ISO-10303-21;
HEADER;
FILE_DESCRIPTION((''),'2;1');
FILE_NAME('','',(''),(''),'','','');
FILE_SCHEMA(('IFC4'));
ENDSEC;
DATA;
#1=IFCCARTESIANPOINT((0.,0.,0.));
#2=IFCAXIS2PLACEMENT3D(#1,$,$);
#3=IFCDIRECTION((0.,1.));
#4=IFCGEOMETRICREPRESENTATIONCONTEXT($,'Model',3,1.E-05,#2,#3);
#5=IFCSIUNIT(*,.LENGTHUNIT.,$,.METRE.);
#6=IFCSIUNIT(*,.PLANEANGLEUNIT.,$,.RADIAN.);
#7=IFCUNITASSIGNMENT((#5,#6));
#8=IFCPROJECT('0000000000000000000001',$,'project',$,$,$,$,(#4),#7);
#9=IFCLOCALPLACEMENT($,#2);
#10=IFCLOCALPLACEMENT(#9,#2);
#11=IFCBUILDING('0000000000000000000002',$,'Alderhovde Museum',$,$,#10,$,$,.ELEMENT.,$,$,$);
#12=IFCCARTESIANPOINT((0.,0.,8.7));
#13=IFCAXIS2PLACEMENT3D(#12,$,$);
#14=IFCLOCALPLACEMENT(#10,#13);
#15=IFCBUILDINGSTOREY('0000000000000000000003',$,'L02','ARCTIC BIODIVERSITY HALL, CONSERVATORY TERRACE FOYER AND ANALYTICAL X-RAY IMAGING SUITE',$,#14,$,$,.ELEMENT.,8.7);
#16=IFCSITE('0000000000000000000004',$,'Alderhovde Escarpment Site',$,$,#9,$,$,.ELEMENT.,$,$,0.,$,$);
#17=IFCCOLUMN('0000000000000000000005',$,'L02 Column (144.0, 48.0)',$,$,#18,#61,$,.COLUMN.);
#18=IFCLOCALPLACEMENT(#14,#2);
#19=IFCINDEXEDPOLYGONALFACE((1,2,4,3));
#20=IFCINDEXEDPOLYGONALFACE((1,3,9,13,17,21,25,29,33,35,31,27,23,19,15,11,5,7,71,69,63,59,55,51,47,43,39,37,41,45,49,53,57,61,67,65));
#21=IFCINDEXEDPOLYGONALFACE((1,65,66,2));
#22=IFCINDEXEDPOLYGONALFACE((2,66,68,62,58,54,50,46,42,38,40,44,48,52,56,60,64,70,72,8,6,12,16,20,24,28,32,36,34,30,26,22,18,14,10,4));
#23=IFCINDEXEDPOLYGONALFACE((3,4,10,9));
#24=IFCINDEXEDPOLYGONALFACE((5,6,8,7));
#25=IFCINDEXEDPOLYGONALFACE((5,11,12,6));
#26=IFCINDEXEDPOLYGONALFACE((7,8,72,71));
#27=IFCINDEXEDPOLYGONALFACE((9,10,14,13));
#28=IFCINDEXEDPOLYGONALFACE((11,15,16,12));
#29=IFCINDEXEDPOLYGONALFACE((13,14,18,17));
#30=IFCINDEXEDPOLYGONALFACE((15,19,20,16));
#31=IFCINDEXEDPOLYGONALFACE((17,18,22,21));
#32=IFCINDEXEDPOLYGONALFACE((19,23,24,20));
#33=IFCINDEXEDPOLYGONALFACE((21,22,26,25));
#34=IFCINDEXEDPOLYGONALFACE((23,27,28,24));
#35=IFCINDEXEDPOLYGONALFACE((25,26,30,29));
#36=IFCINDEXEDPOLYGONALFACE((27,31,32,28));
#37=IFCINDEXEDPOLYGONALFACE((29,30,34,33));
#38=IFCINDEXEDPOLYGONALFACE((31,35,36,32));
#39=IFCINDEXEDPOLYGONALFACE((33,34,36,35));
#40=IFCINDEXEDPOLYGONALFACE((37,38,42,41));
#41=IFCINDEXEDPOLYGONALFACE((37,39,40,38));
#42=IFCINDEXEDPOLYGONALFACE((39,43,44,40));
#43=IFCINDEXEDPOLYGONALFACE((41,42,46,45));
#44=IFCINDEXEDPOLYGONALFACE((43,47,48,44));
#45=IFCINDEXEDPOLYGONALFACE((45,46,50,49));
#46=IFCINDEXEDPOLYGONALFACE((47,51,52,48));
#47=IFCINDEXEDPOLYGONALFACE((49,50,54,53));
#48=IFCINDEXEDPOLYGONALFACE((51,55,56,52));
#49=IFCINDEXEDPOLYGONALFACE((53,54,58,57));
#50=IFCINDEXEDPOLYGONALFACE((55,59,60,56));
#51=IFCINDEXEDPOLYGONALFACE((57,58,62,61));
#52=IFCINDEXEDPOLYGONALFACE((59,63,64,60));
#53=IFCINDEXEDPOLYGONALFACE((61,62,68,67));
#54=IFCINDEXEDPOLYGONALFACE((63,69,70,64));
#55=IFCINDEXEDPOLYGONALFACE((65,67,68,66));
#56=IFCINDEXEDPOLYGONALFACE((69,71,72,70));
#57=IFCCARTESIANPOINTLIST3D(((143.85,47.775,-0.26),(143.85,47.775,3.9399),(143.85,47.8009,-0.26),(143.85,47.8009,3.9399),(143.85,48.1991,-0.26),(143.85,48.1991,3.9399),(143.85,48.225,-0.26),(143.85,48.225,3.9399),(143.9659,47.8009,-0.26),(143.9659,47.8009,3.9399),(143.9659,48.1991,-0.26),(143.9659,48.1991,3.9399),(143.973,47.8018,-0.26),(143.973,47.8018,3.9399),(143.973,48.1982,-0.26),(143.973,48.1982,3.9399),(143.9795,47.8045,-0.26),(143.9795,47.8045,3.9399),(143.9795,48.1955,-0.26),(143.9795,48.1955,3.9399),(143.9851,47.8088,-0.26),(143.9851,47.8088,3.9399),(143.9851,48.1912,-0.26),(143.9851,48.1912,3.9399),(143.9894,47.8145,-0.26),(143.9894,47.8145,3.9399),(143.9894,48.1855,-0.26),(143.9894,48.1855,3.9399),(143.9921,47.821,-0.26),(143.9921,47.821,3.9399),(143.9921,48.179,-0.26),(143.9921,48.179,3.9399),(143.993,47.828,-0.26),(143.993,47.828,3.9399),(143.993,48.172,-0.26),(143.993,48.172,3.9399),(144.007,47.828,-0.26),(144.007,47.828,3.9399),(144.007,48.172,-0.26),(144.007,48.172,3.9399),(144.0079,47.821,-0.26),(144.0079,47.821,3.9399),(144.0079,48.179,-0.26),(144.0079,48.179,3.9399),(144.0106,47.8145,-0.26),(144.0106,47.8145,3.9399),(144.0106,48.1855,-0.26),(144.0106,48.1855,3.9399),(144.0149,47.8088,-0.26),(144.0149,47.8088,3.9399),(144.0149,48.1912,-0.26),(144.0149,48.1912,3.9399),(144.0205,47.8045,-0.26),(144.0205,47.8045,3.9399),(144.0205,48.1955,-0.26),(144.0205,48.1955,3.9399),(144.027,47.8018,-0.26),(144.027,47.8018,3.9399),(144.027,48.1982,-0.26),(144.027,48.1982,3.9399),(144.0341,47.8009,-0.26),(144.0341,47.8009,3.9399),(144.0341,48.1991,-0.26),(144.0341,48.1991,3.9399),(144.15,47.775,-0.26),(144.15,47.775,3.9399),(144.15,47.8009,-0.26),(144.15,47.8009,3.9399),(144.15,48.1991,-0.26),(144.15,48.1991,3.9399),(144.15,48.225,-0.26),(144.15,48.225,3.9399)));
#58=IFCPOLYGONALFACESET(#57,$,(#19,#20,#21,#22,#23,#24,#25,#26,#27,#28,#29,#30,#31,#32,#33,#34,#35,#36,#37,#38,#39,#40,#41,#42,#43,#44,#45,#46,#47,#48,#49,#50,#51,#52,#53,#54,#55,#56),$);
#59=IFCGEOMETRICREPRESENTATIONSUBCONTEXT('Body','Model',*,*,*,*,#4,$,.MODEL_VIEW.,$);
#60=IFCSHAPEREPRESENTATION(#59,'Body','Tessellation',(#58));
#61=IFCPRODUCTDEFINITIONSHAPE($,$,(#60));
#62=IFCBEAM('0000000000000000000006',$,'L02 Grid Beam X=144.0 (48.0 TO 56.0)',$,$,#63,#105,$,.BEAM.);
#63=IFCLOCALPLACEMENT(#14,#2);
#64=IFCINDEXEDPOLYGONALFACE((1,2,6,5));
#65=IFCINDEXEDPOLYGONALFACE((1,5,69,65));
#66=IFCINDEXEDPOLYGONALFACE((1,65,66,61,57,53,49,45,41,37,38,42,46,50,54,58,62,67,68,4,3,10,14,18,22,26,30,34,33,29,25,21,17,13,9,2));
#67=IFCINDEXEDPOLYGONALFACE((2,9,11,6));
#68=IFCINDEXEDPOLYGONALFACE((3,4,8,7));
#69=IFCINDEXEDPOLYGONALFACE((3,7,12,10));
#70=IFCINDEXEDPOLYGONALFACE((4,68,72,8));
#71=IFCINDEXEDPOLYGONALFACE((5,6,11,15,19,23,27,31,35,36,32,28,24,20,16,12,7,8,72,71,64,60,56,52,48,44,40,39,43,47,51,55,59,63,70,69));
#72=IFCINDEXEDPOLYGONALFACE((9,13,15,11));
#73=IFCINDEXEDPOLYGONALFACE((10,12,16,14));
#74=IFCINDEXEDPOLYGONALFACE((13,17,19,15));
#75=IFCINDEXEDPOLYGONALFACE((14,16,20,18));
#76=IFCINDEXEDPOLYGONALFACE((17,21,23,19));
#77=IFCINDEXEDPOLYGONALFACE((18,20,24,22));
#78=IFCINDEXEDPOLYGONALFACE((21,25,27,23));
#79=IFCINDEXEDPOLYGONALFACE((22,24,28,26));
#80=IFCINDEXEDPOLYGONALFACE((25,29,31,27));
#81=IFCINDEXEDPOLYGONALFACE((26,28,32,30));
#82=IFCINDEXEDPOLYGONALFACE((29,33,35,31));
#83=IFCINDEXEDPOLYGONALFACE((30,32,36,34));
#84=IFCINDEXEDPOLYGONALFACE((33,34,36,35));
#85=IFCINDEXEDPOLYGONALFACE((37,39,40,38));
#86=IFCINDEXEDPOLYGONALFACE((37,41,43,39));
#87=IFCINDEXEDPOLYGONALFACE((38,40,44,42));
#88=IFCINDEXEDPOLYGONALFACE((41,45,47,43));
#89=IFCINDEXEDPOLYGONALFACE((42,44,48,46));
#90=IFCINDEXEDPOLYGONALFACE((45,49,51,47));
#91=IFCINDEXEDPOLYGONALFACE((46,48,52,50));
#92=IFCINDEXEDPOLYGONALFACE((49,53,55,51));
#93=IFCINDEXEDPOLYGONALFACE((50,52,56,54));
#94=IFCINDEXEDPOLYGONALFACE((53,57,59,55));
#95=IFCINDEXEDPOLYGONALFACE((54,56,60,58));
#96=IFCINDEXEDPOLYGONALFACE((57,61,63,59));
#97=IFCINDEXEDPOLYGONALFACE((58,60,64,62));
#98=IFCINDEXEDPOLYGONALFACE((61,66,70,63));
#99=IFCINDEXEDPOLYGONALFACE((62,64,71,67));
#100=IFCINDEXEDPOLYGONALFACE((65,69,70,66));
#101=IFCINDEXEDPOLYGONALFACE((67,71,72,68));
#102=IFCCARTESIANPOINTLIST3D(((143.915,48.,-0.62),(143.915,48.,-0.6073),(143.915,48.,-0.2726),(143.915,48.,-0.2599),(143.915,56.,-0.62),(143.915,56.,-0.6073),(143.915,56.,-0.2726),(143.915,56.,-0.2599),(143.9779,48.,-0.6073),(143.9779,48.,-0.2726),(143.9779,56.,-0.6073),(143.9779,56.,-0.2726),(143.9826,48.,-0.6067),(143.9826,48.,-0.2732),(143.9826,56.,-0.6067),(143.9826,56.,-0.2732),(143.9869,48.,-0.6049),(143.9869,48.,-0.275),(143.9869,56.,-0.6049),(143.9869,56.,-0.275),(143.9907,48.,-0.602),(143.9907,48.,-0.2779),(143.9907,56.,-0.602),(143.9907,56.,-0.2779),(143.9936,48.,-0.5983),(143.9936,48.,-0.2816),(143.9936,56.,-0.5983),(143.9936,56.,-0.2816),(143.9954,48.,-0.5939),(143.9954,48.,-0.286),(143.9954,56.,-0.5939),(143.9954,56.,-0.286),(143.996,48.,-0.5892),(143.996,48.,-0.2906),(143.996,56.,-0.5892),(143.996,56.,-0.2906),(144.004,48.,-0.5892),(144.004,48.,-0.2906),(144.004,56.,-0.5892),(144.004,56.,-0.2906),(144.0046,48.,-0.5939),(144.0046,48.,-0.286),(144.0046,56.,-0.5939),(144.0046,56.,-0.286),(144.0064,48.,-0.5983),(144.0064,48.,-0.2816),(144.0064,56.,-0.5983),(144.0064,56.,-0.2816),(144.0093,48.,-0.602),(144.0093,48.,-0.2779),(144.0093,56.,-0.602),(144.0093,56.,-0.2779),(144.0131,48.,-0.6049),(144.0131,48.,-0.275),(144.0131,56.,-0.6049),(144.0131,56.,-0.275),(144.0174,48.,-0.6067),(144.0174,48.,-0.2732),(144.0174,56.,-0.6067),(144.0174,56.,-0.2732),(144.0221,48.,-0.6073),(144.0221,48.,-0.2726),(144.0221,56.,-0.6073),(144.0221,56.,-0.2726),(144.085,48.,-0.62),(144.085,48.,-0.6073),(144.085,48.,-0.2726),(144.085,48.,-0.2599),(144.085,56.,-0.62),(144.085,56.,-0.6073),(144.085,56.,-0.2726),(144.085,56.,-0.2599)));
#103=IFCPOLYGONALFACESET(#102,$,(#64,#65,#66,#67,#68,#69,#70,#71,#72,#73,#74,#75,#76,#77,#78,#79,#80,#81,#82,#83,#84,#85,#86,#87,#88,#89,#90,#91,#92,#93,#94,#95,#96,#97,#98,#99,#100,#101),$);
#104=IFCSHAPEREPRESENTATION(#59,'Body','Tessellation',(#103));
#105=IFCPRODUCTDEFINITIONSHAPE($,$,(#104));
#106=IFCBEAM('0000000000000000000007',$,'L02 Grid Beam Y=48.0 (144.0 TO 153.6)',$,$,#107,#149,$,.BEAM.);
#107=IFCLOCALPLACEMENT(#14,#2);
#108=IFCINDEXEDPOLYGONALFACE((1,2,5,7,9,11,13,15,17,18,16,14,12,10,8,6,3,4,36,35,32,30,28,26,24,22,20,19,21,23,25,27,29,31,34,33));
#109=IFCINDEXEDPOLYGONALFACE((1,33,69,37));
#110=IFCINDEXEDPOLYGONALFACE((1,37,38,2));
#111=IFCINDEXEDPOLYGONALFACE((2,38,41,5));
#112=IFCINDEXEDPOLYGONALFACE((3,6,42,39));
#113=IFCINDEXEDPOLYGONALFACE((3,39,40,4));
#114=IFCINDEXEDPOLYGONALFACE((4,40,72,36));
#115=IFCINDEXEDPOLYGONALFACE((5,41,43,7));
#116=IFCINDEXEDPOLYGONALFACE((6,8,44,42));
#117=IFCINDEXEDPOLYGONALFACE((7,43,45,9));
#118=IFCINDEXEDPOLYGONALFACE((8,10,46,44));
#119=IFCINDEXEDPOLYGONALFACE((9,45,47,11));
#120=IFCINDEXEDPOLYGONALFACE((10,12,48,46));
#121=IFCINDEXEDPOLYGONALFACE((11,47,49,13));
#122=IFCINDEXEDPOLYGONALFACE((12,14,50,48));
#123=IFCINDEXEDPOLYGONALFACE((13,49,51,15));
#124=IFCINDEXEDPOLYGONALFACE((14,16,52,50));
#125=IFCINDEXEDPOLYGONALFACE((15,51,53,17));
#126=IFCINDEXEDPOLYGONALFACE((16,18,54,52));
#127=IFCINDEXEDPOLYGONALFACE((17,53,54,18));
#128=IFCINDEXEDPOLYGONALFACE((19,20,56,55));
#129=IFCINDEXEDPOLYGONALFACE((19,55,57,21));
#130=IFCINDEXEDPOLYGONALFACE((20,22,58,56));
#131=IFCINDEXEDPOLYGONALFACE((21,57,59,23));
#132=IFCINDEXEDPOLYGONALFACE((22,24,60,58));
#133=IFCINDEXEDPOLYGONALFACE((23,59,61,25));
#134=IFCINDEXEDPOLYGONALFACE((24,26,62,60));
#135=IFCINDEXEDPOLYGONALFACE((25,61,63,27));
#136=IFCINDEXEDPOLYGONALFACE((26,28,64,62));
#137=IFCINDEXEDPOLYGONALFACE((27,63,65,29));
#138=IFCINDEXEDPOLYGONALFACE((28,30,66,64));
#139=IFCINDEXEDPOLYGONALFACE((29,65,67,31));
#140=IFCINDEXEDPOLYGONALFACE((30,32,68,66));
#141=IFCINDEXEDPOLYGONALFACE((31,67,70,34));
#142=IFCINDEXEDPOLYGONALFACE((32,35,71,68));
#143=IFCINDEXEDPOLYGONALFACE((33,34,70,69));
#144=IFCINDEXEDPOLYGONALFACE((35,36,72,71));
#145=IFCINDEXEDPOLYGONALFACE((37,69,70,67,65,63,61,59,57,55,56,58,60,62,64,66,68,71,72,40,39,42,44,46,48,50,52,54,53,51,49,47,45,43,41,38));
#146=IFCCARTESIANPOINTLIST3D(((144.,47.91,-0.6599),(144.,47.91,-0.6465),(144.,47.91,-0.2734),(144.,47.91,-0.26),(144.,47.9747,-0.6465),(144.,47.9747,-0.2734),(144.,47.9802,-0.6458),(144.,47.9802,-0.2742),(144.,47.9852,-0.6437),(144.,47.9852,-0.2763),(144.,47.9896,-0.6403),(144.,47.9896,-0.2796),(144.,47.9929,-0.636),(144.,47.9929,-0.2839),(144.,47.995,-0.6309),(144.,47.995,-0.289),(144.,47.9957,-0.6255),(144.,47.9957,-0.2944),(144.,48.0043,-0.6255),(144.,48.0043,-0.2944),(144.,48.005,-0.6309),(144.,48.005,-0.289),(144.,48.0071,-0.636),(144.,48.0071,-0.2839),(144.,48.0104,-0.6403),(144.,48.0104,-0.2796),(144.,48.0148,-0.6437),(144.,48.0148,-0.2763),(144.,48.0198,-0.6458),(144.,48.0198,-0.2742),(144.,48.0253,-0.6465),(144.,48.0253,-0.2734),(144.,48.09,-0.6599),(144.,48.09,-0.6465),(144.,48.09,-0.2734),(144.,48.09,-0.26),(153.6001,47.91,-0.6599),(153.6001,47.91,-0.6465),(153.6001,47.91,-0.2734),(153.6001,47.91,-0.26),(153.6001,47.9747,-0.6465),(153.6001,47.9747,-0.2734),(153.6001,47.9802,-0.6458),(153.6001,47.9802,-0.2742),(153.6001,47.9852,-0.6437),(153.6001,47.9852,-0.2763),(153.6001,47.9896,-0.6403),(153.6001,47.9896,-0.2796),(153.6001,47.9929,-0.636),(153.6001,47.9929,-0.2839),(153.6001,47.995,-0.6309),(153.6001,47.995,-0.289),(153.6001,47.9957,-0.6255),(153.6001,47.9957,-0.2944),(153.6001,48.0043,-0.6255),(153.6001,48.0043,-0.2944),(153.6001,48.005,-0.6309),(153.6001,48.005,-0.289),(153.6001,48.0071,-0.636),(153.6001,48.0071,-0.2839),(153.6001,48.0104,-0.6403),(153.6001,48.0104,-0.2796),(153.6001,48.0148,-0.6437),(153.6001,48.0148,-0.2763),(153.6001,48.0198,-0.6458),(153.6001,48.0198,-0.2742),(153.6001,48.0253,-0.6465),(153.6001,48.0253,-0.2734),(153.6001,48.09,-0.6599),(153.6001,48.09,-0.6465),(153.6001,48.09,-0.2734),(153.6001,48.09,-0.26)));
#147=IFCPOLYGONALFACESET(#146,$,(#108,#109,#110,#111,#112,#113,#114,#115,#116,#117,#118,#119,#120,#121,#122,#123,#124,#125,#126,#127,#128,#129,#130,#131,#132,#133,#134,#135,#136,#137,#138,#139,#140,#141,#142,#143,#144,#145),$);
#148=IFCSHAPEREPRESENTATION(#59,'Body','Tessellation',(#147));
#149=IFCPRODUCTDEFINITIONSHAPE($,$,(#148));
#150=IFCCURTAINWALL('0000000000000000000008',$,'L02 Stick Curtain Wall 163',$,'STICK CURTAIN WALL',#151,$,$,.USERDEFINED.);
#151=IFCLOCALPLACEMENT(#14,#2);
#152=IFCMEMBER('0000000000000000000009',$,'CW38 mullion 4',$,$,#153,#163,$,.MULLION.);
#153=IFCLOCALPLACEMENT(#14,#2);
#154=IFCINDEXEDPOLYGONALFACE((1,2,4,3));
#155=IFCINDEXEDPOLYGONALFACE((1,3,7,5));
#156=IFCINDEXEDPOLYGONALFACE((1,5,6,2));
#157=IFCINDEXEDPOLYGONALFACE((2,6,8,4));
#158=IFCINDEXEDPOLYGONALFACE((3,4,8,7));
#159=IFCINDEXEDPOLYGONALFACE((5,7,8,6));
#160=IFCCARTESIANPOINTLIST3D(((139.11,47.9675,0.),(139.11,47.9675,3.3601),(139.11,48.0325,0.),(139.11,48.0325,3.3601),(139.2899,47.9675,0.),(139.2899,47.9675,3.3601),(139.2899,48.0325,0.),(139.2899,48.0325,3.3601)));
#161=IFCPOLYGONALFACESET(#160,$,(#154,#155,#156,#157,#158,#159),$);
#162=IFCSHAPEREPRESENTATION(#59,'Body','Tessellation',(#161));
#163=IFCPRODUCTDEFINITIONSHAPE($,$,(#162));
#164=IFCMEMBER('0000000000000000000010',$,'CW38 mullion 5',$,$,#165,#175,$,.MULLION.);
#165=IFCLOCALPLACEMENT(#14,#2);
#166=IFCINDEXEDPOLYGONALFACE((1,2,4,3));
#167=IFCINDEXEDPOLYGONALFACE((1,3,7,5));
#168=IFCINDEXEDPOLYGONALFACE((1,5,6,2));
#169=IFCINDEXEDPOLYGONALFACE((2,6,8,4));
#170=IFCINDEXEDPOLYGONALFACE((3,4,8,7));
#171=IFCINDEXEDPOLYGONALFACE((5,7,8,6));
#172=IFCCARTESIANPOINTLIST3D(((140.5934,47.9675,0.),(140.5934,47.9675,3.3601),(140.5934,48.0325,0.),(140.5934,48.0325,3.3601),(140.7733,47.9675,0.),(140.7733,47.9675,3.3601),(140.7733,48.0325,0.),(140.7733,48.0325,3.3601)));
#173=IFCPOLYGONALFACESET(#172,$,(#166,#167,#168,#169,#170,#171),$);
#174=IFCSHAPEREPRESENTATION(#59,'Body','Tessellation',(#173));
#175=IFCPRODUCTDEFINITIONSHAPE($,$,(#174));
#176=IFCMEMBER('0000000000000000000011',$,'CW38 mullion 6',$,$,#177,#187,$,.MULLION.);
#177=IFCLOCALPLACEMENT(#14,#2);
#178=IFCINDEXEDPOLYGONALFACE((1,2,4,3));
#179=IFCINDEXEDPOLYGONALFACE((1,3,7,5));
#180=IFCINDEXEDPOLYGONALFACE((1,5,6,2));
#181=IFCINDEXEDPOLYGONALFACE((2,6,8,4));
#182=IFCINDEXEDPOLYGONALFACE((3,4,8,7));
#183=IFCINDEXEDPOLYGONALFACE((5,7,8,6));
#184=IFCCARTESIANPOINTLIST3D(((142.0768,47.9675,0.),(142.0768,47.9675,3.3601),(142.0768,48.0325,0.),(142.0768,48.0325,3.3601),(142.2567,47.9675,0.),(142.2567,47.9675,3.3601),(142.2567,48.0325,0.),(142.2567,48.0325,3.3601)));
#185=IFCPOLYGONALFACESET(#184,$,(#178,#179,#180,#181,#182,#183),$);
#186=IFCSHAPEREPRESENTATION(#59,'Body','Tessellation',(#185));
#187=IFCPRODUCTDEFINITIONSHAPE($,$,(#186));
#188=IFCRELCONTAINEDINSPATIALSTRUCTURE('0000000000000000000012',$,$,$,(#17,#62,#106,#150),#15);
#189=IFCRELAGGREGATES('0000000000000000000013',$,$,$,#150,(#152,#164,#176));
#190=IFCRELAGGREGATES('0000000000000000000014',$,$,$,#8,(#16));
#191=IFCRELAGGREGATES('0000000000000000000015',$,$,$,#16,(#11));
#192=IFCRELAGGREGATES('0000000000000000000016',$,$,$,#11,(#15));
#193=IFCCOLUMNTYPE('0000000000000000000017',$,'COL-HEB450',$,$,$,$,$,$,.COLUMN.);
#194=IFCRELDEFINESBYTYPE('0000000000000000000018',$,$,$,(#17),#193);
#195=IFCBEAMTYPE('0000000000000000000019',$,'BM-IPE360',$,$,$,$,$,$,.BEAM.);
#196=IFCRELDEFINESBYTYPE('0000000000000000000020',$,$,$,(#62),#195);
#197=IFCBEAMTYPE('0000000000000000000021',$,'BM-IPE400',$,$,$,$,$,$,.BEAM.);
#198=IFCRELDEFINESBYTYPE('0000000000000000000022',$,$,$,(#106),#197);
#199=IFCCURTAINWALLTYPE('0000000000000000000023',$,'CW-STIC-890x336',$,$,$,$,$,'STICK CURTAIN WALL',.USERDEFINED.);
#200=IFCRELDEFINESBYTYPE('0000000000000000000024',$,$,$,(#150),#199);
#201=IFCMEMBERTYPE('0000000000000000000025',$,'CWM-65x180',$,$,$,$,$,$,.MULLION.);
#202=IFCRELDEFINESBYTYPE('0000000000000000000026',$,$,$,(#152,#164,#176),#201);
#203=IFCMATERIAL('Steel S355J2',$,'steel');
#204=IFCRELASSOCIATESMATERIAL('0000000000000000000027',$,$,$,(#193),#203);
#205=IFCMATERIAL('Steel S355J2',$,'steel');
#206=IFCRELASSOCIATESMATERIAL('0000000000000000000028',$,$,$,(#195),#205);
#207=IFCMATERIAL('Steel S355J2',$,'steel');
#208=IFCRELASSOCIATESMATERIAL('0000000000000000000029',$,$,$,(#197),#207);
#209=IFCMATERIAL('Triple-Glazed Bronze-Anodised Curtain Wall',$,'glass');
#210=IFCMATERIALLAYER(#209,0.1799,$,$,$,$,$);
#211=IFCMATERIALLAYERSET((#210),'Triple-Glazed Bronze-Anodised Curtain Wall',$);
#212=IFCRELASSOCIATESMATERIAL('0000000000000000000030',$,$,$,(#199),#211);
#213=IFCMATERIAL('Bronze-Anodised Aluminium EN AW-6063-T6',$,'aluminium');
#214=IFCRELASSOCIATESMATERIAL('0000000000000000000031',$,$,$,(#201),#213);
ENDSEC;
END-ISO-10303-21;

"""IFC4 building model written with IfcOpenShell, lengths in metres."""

from ifc_helpers import new_model, si_unit, direction, frame, origin, origin_2d, place, context, subcontext, project, spatial, rectangle, i_section, extrude, material, layer, layer_set, material_profile, profile_set, type_object, element, aggregate, save


model = new_model("IFC4")

# Units and contexts
model_context = context("Model", 3, precision=1e-05, world=origin(), true_north=direction((0.0, 1.0)))
body_context = subcontext(model_context, "Body", "Model", "MODEL_VIEW")
ifc_project = project(units=[si_unit("LENGTHUNIT", "METRE"), si_unit("PLANEANGLEUNIT", "RADIAN")], contexts=[model_context])

# Site, building, storey
site_placement = place(None, origin())
site = spatial("IfcSite", under=ifc_project, at=site_placement, Name="Alderhovde Escarpment Site", CompositionType="ELEMENT", RefElevation=0.0)
building_placement = place(site_placement, origin())
building = spatial("IfcBuilding", under=site, at=building_placement, Name="Alderhovde Museum", CompositionType="ELEMENT")
storey_placement = place(building_placement, frame((0.0, 0.0, 8.7)))
storey = spatial("IfcBuildingStorey", under=building, at=storey_placement, Name="L02", Description="ARCTIC BIODIVERSITY HALL, CONSERVATORY TERRACE FOYER AND ANALYTICAL X-RAY IMAGING SUITE", CompositionType="ELEMENT", Elevation=8.7)

# Column
ifc_material_1 = material(Name="Steel S355J2", Category="steel")
ifc_material_profile_1 = material_profile(ifc_material_1, i_section(OverallWidth=0.3, OverallDepth=0.45, WebThickness=0.0139, FlangeThickness=0.0259, FilletRadius=0.0271, at=origin_2d()), Name="HEB 450")
ifc_profile_set_1 = profile_set([ifc_material_profile_1], Name="Steel S355J2")
column_type = type_object("IfcColumnType", Name="COL-HEB450", PredefinedType="COLUMN", material=ifc_profile_set_1)
column_placement = place(storey_placement, frame((144.0, 48.0, -0.26), z_axis=(0.0, 0.0, 1.0), x_axis=(1.0, 0.0, 0.0)))
element("IfcColumn", 1, at=column_placement, inside=storey, type_object=column_type, Name="L02 Column (144.0, 48.0)", PredefinedType="COLUMN", context=body_context, shape_type="SweptSolid", body=[
    extrude(i_section(OverallWidth=0.3, OverallDepth=0.45, WebThickness=0.0139, FlangeThickness=0.0259, FilletRadius=0.0271, at=origin_2d()), origin(), (0.0, 0.0, 1.0), 4.2),
])

# Beams
ifc_material_2 = material(Name="Steel S355J2", Category="steel")
ifc_material_profile_2 = material_profile(ifc_material_2, i_section(OverallWidth=0.1699, OverallDepth=0.3601, WebThickness=0.0081, FlangeThickness=0.0127, FilletRadius=0.0181, at=origin_2d()), Name="IPE 360")
ifc_profile_set_2 = profile_set([ifc_material_profile_2], Name="Steel S355J2")
beam_type_1 = type_object("IfcBeamType", Name="BM-IPE360", PredefinedType="BEAM", material=ifc_profile_set_2)
beam_1_placement = place(storey_placement, frame((144.0, 48.0, -0.4399), z_axis=(0.0, 1.0, 0.0), x_axis=(-1.0, 0.0, 0.0)))
element("IfcBeam", 2, at=beam_1_placement, inside=storey, type_object=beam_type_1, Name="L02 Grid Beam X=144.0 (48.0 TO 56.0)", PredefinedType="BEAM", context=body_context, shape_type="SweptSolid", body=[
    extrude(i_section(OverallWidth=0.1699, OverallDepth=0.3601, WebThickness=0.0081, FlangeThickness=0.0127, FilletRadius=0.0181, at=origin_2d()), origin(), (0.0, 0.0, 1.0), 8.0),
])
ifc_material_3 = material(Name="Steel S355J2", Category="steel")
ifc_material_profile_3 = material_profile(ifc_material_3, i_section(OverallWidth=0.1799, OverallDepth=0.3999, WebThickness=0.0085, FlangeThickness=0.0134, FilletRadius=0.021, at=origin_2d()), Name="IPE 400")
ifc_profile_set_3 = profile_set([ifc_material_profile_3], Name="Steel S355J2")
beam_type_2 = type_object("IfcBeamType", Name="BM-IPE400", PredefinedType="BEAM", material=ifc_profile_set_3)
beam_2_placement = place(storey_placement, frame((144.0, 48.0, -0.46), z_axis=(1.0, 0.0, 0.0), x_axis=(0.0, 1.0, 0.0)))
element("IfcBeam", 3, at=beam_2_placement, inside=storey, type_object=beam_type_2, Name="L02 Grid Beam Y=48.0 (144.0 TO 153.6)", PredefinedType="BEAM", context=body_context, shape_type="SweptSolid", body=[
    extrude(i_section(OverallWidth=0.1799, OverallDepth=0.3999, WebThickness=0.0085, FlangeThickness=0.0134, FilletRadius=0.021, at=origin_2d()), origin(), (0.0, 0.0, 1.0), 9.6001),
])

# Curtain wall, members
ifc_material_4 = material(Name="Triple-Glazed Bronze-Anodised Curtain Wall", Category="glass")
ifc_layer_1 = layer(ifc_material_4, 0.1799)
ifc_layer_set_1 = layer_set([ifc_layer_1], Name="Triple-Glazed Bronze-Anodised Curtain Wall")
curtain_wall_type_1 = type_object("IfcCurtainWallType", Name="CW-STIC-890x336", ElementType="STICK CURTAIN WALL", PredefinedType="USERDEFINED", material=ifc_layer_set_1)
curtain_wall_1_placement = place(storey_placement, origin())
curtain_wall_1 = element("IfcCurtainWall", 4, at=curtain_wall_1_placement, inside=storey, type_object=curtain_wall_type_1, Name="L02 Stick Curtain Wall 163", ObjectType="STICK CURTAIN WALL", PredefinedType="USERDEFINED")
ifc_material_5 = material(Name="Bronze-Anodised Aluminium EN AW-6063-T6", Category="aluminium")
ifc_material_profile_4 = material_profile(ifc_material_5, rectangle(XDim=0.0649, YDim=0.1799, at=origin_2d()), Name="MULLION 65x180")
ifc_profile_set_4 = profile_set([ifc_material_profile_4], Name="Bronze-Anodised Aluminium EN AW-6063-T6")
member_type_1 = type_object("IfcMemberType", Name="CWM-65x180", PredefinedType="MULLION", material=ifc_profile_set_4)
member_1_placement = place(storey_placement, frame((139.2, 48.0, 0.0), z_axis=(0.0, 0.0, 1.0), x_axis=(0.0, 1.0, 0.0)))
member_1 = element("IfcMember", 5, at=member_1_placement, type_object=member_type_1, Name="CW38 mullion 4", PredefinedType="MULLION", context=body_context, shape_type="SweptSolid", body=[
    extrude(rectangle(XDim=0.0649, YDim=0.1799, at=origin_2d()), origin(), (0.0, 0.0, 1.0), 3.3601),
])
member_2_placement = place(storey_placement, frame((140.6833, 48.0, 0.0), z_axis=(0.0, 0.0, 1.0), x_axis=(0.0, 1.0, 0.0)))
member_2 = element("IfcMember", 6, at=member_2_placement, type_object=member_type_1, Name="CW38 mullion 5", PredefinedType="MULLION", context=body_context, shape_type="SweptSolid", body=[
    extrude(rectangle(XDim=0.0649, YDim=0.1799, at=origin_2d()), origin(), (0.0, 0.0, 1.0), 3.3601),
])
member_3_placement = place(storey_placement, frame((142.1667, 48.0, 0.0), z_axis=(0.0, 0.0, 1.0), x_axis=(0.0, 1.0, 0.0)))
member_3 = element("IfcMember", 7, at=member_3_placement, type_object=member_type_1, Name="CW38 mullion 6", PredefinedType="MULLION", context=body_context, shape_type="SweptSolid", body=[
    extrude(rectangle(XDim=0.0649, YDim=0.1799, at=origin_2d()), origin(), (0.0, 0.0, 1.0), 3.3601),
])

aggregate(curtain_wall_1, [member_1, member_2, member_3])

save(model, "model.ifc")
